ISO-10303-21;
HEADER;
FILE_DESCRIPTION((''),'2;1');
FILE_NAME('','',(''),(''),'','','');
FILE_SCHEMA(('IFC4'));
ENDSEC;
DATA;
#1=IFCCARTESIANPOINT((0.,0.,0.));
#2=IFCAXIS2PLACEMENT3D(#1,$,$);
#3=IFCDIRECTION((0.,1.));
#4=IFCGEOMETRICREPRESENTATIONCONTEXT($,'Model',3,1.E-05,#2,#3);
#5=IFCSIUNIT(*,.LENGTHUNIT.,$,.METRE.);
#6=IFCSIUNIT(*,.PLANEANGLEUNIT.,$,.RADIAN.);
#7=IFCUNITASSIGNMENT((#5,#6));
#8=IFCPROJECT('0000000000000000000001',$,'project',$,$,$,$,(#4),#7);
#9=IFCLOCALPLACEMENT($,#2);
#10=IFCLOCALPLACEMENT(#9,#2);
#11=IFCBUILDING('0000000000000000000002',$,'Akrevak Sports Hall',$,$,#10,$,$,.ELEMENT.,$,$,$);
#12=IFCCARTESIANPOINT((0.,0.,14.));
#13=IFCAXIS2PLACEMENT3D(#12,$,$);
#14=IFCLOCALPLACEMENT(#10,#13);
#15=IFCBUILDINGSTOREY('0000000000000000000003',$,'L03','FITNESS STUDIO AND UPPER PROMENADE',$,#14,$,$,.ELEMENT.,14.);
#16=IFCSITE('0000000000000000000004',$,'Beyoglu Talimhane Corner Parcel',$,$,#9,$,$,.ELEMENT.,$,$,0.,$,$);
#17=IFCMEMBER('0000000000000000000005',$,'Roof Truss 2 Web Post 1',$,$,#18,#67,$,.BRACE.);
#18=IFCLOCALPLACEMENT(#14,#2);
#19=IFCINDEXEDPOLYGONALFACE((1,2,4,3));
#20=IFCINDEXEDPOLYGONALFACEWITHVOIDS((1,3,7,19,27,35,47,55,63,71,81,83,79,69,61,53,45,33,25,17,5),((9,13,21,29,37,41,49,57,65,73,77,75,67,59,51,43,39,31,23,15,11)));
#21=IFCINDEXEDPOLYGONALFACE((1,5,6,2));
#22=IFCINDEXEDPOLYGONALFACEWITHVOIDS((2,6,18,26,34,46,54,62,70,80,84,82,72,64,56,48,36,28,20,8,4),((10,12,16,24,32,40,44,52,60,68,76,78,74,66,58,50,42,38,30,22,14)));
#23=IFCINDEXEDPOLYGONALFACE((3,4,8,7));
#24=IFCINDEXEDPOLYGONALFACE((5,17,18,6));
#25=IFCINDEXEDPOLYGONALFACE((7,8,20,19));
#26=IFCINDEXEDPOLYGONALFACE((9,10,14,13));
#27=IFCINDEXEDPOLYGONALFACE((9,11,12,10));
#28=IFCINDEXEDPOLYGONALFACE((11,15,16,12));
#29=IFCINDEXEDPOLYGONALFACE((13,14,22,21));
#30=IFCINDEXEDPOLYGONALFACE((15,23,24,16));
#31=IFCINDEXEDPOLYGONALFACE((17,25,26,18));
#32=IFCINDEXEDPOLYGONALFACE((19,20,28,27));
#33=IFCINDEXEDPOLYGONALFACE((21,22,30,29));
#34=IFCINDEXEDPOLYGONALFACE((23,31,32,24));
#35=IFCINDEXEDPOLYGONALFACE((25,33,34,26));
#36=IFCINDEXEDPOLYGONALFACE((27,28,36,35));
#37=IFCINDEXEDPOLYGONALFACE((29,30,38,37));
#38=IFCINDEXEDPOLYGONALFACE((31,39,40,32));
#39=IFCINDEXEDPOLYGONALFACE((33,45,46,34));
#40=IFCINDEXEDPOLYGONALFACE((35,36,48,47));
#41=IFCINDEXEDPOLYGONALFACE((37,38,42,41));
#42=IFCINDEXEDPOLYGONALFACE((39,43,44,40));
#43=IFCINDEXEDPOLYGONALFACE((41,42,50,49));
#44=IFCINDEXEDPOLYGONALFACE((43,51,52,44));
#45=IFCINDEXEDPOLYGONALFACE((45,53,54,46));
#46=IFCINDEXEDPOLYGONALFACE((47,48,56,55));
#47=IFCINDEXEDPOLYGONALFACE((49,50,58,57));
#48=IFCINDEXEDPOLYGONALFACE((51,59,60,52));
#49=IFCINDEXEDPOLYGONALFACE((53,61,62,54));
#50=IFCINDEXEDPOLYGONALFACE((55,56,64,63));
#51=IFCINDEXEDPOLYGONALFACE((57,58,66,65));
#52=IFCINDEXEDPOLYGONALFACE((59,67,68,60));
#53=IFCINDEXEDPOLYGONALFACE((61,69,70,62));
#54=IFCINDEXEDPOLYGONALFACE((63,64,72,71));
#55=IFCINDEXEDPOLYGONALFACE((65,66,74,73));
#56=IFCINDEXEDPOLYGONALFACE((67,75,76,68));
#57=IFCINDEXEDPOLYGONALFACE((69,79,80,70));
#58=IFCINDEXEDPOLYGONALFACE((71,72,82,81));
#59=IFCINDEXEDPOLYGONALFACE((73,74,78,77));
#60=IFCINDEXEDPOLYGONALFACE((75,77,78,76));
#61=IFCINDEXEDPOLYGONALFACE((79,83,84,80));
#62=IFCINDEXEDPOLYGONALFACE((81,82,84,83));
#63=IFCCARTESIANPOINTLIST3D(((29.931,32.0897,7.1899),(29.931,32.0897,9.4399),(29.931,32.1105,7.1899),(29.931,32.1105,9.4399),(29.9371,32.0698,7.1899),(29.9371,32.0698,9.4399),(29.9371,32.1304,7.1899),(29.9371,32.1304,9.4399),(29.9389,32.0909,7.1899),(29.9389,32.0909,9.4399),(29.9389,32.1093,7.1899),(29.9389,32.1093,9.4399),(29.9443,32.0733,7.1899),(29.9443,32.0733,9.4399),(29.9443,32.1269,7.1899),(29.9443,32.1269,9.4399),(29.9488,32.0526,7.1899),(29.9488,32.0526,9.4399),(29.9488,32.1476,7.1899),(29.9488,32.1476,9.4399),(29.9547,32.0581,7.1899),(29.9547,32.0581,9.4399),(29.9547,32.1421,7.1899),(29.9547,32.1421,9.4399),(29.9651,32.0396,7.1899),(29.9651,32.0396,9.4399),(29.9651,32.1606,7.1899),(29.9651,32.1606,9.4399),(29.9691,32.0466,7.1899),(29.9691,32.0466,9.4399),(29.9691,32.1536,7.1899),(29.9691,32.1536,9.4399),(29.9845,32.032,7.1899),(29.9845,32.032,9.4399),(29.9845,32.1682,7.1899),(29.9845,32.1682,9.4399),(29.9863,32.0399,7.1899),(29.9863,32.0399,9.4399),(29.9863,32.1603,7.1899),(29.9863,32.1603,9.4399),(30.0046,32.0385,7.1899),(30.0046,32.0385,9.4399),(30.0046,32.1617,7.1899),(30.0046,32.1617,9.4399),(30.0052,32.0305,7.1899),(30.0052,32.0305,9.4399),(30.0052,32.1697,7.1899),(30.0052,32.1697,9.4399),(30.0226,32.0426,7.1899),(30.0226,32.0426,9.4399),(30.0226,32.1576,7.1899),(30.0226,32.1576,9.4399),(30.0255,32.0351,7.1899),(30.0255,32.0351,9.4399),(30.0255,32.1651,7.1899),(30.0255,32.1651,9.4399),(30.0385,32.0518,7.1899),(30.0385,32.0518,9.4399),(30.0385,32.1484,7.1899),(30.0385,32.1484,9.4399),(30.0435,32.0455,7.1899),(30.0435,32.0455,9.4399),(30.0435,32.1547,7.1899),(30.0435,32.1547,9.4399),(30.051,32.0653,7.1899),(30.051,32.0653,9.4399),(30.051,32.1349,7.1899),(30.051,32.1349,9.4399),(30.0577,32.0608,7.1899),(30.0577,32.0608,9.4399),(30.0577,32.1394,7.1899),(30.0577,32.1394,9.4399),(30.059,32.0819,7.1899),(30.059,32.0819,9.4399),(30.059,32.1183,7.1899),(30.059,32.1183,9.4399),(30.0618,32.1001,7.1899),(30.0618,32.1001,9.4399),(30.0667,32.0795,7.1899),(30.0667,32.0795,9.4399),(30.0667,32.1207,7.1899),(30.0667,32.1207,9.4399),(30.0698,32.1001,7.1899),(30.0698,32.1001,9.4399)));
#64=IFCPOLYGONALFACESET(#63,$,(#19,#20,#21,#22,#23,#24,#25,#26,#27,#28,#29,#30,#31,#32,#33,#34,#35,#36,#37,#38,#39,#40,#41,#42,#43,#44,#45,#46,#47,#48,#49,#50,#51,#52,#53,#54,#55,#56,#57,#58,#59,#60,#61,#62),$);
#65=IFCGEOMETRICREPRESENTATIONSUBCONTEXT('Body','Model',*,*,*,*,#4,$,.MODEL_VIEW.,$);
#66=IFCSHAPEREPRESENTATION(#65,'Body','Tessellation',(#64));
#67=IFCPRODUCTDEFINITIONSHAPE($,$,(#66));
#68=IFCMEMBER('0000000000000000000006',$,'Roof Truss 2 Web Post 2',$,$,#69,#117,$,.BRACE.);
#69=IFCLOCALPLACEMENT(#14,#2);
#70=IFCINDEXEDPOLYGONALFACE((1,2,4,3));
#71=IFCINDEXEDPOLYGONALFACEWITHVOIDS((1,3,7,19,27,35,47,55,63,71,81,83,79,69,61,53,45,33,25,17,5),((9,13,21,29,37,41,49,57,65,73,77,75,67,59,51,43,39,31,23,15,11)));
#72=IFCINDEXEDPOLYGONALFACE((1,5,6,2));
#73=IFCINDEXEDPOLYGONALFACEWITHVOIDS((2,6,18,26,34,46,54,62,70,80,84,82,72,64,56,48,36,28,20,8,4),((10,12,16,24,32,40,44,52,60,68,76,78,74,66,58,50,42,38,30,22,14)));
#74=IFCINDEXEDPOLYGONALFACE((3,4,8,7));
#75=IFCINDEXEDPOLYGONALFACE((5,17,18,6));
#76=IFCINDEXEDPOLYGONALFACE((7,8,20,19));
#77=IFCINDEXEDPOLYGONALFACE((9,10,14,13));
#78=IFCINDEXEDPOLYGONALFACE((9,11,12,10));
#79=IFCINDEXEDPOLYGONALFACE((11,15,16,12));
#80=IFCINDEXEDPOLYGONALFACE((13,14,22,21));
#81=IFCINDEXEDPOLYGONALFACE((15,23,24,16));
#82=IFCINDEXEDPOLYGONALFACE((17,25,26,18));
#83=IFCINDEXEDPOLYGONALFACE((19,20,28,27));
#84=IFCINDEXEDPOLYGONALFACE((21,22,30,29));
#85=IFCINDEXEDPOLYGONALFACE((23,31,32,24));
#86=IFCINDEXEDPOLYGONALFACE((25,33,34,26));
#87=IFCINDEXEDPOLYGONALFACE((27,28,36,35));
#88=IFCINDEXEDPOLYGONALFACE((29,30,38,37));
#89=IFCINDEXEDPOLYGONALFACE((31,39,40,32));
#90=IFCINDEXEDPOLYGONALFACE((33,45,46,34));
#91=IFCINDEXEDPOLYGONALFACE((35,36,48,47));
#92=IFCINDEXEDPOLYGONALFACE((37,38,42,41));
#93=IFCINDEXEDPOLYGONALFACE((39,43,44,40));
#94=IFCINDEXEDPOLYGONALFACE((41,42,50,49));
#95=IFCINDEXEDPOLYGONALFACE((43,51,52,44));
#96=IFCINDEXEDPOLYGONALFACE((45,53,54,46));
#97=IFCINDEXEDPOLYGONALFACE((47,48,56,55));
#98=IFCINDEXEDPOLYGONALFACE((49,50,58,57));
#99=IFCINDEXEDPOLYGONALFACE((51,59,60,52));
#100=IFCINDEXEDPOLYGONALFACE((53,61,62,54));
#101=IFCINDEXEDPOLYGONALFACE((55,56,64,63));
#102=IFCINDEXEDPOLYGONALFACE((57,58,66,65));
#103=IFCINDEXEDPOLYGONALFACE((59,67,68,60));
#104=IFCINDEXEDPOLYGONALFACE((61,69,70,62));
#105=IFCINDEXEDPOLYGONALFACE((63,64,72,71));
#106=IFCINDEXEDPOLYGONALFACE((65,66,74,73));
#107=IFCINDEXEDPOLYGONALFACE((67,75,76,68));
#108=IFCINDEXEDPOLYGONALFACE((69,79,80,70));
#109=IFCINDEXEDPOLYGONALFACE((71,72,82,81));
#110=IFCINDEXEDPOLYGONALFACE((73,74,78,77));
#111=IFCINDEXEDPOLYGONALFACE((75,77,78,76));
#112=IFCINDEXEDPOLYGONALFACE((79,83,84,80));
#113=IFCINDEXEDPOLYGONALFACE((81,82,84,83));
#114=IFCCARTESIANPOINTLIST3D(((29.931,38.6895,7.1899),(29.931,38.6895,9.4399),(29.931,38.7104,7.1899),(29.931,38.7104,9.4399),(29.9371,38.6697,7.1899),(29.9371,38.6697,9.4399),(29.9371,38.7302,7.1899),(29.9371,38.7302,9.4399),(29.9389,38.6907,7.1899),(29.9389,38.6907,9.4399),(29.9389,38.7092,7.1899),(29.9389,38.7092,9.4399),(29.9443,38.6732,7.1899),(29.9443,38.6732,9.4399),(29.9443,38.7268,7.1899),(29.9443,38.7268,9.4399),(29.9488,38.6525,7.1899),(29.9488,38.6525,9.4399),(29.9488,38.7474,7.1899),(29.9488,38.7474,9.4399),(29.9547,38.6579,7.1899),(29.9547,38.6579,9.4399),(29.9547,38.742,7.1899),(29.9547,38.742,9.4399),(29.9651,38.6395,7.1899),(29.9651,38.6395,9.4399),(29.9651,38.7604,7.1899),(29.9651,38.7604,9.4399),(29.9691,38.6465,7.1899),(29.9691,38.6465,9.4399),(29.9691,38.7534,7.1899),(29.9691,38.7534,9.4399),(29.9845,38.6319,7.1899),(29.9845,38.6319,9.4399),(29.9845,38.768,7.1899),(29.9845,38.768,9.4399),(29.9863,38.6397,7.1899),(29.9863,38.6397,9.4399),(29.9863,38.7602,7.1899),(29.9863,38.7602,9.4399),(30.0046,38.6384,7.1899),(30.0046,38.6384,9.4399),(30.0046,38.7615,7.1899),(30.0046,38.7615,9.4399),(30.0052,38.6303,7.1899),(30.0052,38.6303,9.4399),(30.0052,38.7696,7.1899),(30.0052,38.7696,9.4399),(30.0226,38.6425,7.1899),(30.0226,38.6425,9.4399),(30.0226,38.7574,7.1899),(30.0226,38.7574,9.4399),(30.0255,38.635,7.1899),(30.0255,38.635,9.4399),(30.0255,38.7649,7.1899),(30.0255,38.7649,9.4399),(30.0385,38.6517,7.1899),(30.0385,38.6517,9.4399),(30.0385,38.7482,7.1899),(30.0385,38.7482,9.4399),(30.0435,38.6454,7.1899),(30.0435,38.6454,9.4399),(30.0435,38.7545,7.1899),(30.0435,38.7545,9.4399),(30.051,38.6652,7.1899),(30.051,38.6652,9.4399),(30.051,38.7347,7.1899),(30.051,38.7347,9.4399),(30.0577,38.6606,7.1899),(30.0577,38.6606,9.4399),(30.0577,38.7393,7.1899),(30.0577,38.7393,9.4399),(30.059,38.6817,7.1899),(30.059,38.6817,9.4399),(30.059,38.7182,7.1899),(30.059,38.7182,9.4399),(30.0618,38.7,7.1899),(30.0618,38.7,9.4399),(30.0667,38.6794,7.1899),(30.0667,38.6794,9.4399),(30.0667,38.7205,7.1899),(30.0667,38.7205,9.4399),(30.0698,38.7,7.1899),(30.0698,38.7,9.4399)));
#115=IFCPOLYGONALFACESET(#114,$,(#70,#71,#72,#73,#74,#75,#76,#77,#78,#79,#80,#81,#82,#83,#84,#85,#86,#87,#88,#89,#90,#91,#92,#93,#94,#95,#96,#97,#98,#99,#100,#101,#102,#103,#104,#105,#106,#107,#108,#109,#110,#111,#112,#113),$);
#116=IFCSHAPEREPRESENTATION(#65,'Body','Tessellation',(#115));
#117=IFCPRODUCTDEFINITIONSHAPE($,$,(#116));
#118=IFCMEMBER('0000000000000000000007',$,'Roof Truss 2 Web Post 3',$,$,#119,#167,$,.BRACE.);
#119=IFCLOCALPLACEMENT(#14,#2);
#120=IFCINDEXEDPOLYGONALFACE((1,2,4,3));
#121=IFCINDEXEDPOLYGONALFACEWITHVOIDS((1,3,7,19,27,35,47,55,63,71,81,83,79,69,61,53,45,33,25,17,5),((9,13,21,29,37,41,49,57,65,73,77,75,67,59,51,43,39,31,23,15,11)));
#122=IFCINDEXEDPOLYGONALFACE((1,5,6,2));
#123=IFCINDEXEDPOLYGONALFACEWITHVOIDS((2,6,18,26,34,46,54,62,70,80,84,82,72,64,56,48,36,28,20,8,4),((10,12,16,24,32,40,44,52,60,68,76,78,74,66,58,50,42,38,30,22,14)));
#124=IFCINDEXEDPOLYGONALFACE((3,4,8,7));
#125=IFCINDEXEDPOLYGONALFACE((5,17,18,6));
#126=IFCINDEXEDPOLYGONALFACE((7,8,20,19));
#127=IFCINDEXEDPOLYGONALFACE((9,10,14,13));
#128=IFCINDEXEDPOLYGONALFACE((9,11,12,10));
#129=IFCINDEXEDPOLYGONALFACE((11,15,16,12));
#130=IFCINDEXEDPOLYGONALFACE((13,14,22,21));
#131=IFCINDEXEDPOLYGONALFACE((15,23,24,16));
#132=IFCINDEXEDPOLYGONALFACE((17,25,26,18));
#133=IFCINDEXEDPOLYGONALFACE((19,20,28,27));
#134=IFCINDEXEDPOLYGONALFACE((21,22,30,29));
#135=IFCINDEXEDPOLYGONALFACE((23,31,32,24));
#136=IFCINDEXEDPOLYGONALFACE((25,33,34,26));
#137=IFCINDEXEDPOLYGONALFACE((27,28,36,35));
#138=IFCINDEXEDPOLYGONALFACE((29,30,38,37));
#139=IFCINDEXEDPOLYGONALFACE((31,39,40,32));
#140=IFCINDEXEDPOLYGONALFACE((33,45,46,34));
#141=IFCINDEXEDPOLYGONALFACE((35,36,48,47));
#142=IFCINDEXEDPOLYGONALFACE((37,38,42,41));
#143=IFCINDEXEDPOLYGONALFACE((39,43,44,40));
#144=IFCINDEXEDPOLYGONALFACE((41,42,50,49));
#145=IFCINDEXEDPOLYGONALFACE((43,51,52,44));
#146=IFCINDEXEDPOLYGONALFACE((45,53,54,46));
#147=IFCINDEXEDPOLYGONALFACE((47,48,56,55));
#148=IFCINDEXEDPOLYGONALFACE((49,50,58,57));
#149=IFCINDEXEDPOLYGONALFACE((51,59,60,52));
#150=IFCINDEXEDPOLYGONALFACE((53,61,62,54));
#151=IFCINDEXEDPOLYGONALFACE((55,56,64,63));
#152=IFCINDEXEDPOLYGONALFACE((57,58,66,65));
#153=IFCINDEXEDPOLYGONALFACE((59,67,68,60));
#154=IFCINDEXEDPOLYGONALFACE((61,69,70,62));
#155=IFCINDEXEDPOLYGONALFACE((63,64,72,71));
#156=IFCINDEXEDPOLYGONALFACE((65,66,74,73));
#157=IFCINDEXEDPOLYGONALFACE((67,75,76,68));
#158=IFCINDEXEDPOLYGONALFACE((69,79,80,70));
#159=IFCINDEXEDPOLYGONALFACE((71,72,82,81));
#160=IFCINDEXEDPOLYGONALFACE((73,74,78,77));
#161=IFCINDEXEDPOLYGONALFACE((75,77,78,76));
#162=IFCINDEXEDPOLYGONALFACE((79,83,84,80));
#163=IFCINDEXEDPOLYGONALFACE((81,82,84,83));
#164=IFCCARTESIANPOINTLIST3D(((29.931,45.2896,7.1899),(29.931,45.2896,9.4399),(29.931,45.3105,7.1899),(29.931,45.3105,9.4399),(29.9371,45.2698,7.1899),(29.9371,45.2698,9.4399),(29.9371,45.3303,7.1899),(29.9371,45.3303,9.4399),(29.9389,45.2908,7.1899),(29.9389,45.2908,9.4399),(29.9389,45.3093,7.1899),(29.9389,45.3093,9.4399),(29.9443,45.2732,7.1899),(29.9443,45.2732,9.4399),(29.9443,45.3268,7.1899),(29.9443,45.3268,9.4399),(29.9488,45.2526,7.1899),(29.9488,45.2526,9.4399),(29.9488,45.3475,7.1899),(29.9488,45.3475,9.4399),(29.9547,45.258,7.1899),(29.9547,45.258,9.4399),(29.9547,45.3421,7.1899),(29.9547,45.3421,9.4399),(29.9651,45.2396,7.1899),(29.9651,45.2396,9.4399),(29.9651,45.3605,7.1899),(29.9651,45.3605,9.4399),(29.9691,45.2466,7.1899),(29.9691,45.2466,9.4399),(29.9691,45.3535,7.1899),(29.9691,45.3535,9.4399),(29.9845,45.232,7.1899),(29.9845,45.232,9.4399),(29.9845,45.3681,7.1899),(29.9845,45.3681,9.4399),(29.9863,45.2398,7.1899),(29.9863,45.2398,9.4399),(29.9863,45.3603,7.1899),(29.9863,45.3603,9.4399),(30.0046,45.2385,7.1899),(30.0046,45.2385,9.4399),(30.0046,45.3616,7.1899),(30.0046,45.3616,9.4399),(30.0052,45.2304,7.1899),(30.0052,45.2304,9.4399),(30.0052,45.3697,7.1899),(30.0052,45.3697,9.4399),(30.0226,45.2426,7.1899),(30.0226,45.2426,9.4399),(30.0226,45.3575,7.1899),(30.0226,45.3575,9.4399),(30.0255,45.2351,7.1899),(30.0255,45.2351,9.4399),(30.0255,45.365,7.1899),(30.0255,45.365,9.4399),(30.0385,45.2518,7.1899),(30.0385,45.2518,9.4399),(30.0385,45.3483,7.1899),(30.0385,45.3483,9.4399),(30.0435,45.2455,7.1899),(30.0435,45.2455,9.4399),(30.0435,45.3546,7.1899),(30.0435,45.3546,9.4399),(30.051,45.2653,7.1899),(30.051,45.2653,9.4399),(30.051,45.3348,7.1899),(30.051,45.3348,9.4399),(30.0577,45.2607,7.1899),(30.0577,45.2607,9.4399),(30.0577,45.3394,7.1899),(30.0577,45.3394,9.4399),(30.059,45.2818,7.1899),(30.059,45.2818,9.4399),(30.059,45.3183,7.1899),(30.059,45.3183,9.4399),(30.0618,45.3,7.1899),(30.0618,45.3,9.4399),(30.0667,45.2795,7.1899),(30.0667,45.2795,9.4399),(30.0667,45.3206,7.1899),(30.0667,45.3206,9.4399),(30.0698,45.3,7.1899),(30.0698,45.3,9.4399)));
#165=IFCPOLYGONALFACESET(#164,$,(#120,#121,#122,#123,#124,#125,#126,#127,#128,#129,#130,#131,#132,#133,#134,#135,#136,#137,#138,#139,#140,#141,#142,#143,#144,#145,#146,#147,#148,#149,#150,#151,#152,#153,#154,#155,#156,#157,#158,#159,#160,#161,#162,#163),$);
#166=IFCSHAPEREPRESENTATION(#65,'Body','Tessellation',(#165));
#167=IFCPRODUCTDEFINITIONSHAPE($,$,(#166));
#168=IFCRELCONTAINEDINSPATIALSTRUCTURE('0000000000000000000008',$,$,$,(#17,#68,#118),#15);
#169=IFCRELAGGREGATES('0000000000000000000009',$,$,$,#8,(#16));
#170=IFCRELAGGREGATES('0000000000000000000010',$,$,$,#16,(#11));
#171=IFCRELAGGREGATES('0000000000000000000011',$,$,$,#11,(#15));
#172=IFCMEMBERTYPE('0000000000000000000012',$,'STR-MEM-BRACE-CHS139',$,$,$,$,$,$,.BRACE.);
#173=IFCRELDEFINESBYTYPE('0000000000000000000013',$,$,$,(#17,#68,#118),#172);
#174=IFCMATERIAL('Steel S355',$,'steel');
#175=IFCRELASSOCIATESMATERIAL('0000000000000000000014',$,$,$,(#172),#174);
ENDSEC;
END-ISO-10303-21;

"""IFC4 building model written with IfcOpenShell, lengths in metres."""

from ifc_helpers import new_model, si_unit, direction, frame, origin, origin_2d, place, context, subcontext, project, spatial, hollow_circle, extrude, material, material_profile, profile_set, type_object, element, save


model = new_model("IFC4")

# Units and contexts
model_context = context("Model", 3, precision=1e-05, world=origin(), true_north=direction((0.0, 1.0)))
body_context = subcontext(model_context, "Body", "Model", "MODEL_VIEW")
ifc_project = project(units=[si_unit("LENGTHUNIT", "METRE"), si_unit("PLANEANGLEUNIT", "RADIAN")], contexts=[model_context])

# Site, building, storey
site_placement = place(None, origin())
site = spatial("IfcSite", under=ifc_project, at=site_placement, Name="Beyoglu Talimhane Corner Parcel", CompositionType="ELEMENT", RefElevation=0.0)
building_placement = place(site_placement, origin())
building = spatial("IfcBuilding", under=site, at=building_placement, Name="Akrevak Sports Hall", CompositionType="ELEMENT")
storey_placement = place(building_placement, frame((0.0, 0.0, 14.0)))
storey = spatial("IfcBuildingStorey", under=building, at=storey_placement, Name="L03", Description="FITNESS STUDIO AND UPPER PROMENADE", CompositionType="ELEMENT", Elevation=14.0)

# Members
ifc_material_1 = material(Name="Steel S355", Category="steel")
ifc_material_profile_1 = material_profile(ifc_material_1, hollow_circle(Radius=0.0698, WallThickness=0.0081, at=origin_2d()), Name="CHS 139.7x8", Category="steel")
ifc_profile_set_1 = profile_set([ifc_material_profile_1], Name="Steel S355")
member_type_1 = type_object("IfcMemberType", Name="STR-MEM-BRACE-CHS139", PredefinedType="BRACE", material=ifc_profile_set_1)
for number, where, z_axis, x_axis, name in (
    (1, (30.0, 32.1001, 7.1899), (0.0, 0.0, 1.0), (1.0, 0.0, 0.0), "Roof Truss 2 Web Post 1"),
    (2, (30.0, 38.7, 7.1899), (0.0, 0.0, 1.0), (1.0, 0.0, 0.0), "Roof Truss 2 Web Post 2"),
    (3, (30.0, 45.3, 7.1899), (0.0, 0.0, 1.0), (1.0, 0.0, 0.0), "Roof Truss 2 Web Post 3"),
):
    element("IfcMember", number, at=place(storey_placement, frame(where, z_axis=z_axis, x_axis=x_axis)), inside=storey, type_object=member_type_1, Name=name, PredefinedType="BRACE", context=body_context, shape_type="SweptSolid", body=[
        extrude(hollow_circle(Radius=0.0698, WallThickness=0.0081, at=origin_2d()), origin(), (0.0, 0.0, 1.0), 2.25),
    ])

save(model, "model.ifc")
